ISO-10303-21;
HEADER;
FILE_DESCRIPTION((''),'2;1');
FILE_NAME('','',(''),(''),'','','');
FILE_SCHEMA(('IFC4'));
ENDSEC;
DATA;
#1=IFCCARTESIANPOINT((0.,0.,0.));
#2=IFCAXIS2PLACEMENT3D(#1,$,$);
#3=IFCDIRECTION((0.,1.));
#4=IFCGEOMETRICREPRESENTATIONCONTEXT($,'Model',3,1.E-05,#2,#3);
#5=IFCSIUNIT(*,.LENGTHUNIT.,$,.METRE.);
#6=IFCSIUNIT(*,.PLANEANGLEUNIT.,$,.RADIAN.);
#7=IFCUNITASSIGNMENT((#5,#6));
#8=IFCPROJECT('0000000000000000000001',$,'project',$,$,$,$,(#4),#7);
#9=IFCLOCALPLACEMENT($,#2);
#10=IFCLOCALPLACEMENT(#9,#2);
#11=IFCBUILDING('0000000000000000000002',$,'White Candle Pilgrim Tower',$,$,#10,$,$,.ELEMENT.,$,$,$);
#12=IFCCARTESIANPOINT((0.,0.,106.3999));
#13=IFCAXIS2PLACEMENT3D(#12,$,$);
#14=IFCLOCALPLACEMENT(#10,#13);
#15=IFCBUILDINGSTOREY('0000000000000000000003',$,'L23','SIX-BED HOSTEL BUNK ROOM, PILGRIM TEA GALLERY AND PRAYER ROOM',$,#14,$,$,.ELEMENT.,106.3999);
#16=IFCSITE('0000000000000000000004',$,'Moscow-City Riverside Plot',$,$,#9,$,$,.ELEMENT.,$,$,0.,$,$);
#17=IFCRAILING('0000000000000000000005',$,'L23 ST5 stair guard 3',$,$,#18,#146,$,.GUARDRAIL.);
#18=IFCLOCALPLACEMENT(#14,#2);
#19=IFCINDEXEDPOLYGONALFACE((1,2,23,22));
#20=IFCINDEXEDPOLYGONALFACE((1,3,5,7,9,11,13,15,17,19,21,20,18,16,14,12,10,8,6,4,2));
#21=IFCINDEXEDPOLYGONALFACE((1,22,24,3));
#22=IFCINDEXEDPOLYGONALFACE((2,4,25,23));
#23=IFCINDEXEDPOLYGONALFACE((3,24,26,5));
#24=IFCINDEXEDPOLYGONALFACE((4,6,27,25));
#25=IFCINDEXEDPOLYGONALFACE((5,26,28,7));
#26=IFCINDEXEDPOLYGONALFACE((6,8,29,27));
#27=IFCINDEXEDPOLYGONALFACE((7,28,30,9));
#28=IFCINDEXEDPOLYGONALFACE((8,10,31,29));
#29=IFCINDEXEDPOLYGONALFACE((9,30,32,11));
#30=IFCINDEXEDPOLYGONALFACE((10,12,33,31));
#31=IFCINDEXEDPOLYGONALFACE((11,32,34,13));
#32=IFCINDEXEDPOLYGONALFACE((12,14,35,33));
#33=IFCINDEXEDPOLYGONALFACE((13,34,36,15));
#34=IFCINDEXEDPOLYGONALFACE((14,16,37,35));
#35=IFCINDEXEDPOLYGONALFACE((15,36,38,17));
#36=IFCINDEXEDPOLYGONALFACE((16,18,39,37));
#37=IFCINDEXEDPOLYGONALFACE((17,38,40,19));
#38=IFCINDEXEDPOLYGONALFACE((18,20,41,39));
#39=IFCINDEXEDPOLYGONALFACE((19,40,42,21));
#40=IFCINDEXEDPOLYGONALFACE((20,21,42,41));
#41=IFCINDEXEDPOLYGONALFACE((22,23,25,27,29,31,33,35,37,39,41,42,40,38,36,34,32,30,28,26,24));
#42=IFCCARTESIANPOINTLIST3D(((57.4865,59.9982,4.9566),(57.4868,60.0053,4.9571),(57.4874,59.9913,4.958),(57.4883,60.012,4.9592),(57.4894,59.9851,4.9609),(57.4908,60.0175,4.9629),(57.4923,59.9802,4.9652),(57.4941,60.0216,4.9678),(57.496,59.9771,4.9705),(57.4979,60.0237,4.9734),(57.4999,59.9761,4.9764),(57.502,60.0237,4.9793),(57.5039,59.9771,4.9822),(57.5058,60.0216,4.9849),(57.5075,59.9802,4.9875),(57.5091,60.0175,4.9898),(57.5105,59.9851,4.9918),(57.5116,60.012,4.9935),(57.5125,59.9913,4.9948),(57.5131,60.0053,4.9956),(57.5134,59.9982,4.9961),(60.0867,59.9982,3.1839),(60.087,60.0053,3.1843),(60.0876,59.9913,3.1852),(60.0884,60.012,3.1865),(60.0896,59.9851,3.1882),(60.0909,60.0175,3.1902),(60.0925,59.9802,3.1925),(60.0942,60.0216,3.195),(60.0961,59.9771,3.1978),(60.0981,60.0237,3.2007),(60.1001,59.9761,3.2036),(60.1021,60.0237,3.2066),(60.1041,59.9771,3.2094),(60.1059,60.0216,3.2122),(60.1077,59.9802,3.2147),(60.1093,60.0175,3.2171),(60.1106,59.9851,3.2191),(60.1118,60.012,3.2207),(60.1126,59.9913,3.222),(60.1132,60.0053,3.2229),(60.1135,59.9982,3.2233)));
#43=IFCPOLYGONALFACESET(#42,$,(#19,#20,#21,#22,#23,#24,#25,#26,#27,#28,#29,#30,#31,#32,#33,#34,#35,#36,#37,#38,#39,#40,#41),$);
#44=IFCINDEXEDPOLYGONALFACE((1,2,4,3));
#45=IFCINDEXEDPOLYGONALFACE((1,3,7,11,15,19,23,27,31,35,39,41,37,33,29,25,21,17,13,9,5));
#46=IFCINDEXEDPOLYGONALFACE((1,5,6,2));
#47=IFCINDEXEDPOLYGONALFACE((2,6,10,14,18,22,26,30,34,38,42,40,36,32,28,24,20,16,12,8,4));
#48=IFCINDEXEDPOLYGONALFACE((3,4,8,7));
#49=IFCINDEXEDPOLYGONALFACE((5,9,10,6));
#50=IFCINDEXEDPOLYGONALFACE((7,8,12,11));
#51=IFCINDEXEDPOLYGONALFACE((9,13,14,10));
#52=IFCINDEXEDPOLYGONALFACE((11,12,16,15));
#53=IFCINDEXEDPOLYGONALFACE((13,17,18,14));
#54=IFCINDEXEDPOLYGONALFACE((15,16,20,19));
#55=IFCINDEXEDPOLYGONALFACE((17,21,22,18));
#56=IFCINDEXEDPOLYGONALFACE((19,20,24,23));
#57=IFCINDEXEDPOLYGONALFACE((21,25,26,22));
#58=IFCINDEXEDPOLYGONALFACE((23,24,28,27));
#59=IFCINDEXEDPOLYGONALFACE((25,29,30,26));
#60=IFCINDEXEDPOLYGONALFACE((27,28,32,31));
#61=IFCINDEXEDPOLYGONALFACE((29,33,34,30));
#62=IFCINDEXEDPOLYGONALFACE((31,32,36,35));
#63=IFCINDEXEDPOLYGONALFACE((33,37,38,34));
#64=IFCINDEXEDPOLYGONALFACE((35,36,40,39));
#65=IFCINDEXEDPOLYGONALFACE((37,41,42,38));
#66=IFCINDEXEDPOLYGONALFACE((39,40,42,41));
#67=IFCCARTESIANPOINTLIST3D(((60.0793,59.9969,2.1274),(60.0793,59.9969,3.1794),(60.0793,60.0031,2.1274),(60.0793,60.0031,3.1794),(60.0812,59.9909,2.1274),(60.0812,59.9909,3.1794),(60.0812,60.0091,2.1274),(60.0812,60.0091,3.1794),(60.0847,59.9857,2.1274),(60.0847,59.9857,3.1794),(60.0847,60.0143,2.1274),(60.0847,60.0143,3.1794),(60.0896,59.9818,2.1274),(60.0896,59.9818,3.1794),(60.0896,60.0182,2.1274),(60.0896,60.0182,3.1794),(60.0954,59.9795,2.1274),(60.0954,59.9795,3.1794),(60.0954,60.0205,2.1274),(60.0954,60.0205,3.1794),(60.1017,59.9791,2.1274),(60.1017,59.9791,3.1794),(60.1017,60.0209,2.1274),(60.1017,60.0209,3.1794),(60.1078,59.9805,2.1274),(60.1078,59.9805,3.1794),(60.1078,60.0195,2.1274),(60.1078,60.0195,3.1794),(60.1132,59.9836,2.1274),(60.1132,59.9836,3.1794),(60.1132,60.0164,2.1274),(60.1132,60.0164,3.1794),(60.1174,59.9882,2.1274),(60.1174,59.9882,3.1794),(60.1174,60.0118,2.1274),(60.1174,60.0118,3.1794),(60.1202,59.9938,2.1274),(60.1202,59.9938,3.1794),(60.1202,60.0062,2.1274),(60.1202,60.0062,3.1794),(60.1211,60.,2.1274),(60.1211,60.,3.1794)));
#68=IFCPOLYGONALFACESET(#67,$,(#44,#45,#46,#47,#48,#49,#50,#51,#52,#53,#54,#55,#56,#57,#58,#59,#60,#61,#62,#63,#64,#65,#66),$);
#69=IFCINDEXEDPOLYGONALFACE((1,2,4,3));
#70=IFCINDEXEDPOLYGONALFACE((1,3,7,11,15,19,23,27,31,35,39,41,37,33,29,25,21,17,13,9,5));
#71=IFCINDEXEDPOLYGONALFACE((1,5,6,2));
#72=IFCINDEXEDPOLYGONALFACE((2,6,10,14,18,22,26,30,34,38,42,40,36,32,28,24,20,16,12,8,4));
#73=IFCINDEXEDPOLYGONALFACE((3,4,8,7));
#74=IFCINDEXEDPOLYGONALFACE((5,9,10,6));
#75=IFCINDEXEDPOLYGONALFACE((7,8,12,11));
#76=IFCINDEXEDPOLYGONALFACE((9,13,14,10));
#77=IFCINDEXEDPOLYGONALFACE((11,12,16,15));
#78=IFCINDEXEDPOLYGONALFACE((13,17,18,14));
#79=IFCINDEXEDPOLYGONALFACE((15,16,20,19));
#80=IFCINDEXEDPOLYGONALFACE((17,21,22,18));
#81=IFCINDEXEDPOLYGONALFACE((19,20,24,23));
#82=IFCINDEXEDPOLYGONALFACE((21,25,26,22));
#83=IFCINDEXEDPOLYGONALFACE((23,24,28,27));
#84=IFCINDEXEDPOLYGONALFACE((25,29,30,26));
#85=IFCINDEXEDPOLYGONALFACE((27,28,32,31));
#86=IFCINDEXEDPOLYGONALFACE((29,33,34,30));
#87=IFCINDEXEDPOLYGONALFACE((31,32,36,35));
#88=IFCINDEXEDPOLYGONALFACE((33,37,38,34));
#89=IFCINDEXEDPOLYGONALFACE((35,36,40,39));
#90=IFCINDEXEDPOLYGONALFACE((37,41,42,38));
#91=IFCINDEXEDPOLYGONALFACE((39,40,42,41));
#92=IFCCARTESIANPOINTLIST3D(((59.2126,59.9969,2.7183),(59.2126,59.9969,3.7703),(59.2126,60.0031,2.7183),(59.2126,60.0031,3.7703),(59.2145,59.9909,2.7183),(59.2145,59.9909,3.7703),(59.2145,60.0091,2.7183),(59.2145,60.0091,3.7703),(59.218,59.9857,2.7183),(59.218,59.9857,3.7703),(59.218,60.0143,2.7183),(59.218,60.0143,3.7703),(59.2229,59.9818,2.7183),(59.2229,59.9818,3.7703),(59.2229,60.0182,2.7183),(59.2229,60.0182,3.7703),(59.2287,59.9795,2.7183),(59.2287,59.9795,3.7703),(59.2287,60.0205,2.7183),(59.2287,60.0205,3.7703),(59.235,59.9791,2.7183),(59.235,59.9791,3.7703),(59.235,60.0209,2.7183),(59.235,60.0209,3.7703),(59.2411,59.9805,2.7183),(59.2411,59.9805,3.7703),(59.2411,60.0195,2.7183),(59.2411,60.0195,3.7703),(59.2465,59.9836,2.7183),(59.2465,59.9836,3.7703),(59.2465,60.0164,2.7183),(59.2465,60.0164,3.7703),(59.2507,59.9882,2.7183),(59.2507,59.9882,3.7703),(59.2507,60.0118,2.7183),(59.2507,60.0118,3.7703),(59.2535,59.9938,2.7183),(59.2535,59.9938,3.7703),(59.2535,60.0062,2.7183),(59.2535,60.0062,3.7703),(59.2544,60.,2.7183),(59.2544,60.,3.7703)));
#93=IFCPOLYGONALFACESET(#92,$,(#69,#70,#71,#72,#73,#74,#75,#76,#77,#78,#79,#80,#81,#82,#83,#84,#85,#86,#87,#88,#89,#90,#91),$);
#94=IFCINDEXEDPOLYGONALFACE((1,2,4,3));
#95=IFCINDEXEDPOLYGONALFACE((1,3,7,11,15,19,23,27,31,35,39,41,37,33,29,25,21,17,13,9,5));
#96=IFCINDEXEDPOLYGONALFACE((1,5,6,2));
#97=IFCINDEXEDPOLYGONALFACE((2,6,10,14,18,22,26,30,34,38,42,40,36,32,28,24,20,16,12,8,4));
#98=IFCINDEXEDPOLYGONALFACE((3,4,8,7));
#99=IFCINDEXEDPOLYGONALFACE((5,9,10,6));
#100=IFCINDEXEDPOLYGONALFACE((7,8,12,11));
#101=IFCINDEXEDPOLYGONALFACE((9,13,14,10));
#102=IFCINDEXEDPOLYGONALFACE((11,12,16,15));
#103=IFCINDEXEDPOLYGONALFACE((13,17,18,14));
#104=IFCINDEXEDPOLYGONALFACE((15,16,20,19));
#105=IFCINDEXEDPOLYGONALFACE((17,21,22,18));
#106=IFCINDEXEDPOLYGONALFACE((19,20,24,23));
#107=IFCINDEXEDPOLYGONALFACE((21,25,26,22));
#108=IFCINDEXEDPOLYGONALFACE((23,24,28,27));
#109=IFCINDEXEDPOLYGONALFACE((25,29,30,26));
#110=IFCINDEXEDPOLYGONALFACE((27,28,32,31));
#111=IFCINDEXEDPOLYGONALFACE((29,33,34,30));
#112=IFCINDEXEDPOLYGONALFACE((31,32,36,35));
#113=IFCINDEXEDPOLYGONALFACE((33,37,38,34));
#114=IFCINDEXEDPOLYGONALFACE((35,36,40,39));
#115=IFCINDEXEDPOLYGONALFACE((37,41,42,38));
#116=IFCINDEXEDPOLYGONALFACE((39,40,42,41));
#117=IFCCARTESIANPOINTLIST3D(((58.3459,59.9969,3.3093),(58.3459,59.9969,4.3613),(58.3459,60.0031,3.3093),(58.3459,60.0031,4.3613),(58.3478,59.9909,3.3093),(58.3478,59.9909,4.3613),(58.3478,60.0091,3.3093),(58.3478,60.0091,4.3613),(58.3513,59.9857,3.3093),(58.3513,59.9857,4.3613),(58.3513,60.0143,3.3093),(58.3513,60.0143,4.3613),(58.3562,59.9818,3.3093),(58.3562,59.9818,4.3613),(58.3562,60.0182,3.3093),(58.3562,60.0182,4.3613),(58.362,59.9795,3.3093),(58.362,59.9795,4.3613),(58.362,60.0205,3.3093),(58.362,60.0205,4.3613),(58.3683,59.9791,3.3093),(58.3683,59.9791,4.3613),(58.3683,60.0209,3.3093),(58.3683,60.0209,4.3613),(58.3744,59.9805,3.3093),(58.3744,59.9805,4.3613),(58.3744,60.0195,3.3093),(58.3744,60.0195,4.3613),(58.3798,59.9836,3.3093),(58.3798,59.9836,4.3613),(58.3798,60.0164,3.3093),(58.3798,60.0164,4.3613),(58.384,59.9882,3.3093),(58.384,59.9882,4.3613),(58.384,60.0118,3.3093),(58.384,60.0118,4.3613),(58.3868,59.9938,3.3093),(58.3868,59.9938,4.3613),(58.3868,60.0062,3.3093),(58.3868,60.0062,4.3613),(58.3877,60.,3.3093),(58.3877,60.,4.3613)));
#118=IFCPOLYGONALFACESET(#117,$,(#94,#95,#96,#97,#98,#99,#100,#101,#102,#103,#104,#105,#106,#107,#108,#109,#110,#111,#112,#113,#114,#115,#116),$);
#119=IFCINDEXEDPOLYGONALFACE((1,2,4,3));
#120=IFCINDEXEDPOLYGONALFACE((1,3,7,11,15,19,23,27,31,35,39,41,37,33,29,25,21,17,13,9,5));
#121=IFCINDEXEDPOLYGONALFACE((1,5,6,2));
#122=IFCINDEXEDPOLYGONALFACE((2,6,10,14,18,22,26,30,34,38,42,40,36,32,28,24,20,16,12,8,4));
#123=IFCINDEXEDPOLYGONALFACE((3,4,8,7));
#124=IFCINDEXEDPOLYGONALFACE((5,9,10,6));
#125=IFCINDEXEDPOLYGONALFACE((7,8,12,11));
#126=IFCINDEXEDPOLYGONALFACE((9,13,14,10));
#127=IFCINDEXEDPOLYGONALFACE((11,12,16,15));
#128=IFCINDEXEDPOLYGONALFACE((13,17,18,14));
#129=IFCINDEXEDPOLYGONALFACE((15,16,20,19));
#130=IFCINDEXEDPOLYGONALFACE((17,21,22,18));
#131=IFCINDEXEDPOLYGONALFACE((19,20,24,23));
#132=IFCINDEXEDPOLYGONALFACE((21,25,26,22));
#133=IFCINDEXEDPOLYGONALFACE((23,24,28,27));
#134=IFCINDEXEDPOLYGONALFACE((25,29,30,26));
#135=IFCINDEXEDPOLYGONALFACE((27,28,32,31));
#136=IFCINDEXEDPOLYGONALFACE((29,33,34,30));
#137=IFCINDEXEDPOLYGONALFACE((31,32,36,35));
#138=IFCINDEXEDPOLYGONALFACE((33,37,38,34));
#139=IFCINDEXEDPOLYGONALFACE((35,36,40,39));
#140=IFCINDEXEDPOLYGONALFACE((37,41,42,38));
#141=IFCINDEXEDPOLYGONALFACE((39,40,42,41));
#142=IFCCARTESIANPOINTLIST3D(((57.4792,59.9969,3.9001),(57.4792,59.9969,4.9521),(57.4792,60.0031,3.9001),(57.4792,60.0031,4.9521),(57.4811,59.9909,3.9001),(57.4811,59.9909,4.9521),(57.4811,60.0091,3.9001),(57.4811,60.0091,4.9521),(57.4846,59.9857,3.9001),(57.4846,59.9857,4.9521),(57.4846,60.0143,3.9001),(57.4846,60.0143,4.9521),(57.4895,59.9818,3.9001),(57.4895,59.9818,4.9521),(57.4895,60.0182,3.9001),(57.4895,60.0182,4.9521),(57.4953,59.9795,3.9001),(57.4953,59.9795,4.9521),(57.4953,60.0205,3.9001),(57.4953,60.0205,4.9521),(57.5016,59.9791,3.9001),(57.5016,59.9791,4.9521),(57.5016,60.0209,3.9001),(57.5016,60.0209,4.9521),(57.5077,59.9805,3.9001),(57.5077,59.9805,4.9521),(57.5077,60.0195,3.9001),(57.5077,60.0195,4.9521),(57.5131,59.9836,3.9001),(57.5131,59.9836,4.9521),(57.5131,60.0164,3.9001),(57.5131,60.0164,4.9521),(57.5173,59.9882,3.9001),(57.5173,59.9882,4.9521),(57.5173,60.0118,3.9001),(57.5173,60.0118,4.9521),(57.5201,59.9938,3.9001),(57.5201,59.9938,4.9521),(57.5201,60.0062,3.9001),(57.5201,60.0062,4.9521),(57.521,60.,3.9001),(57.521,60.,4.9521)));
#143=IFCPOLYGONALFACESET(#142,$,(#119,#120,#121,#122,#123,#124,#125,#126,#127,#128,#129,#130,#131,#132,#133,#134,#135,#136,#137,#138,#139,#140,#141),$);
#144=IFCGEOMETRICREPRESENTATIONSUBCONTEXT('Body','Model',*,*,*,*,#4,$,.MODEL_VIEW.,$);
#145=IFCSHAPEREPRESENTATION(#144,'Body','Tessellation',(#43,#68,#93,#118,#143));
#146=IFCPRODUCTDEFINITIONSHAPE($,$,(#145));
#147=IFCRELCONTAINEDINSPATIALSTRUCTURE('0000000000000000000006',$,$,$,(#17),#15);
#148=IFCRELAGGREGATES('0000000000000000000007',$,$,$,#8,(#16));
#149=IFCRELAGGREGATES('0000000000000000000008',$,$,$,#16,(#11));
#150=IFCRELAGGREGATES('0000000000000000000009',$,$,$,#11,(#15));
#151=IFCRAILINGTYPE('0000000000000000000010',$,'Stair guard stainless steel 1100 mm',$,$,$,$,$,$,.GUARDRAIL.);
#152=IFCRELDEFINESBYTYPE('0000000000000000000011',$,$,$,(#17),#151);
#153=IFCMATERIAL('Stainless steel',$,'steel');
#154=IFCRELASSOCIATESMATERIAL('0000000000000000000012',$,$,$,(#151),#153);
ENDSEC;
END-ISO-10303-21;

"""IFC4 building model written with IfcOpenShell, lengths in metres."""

from ifc_helpers import new_model, si_unit, direction, frame, origin, origin_2d, place, context, subcontext, project, spatial, circle, extrude, material, type_object, element, save


model = new_model("IFC4")

# Units and contexts
model_context = context("Model", 3, precision=1e-05, world=origin(), true_north=direction((0.0, 1.0)))
body_context = subcontext(model_context, "Body", "Model", "MODEL_VIEW")
ifc_project = project(units=[si_unit("LENGTHUNIT", "METRE"), si_unit("PLANEANGLEUNIT", "RADIAN")], contexts=[model_context])

# Site, building, storey
site_placement = place(None, origin())
site = spatial("IfcSite", under=ifc_project, at=site_placement, Name="Moscow-City Riverside Plot", CompositionType="ELEMENT", RefElevation=0.0)
building_placement = place(site_placement, origin())
building = spatial("IfcBuilding", under=site, at=building_placement, Name="White Candle Pilgrim Tower", CompositionType="ELEMENT")
storey_placement = place(building_placement, frame((0.0, 0.0, 106.3999)))
storey = spatial("IfcBuildingStorey", under=building, at=storey_placement, Name="L23", Description="SIX-BED HOSTEL BUNK ROOM, PILGRIM TEA GALLERY AND PRAYER ROOM", CompositionType="ELEMENT", Elevation=106.3999)

# Railing
ifc_material_1 = material(Name="Stainless steel", Category="steel")
railing_type_1 = type_object("IfcRailingType", Name="Stair guard stainless steel 1100 mm", PredefinedType="GUARDRAIL", material=ifc_material_1)
railing_1_placement = place(storey_placement, frame((60.1001, 60.0, 2.1274)))
element("IfcRailing", 1, at=railing_1_placement, inside=storey, type_object=railing_type_1, Name="L23 ST5 stair guard 3", PredefinedType="GUARDRAIL", context=body_context, shape_type="SweptSolid", body=[
    extrude(circle(Radius=0.0239, at=origin_2d()), frame((0.0, 0.0, 1.0762), z_axis=(-0.82624, 0.0, 0.563318), x_axis=(0.0, -1.0, 0.0)), (0.0, 0.0, 1.0), 3.147),
    extrude(circle(Radius=0.021, at=origin_2d()), origin(), (0.0, 0.0, 1.0), 1.052),
    extrude(circle(Radius=0.021, at=origin_2d()), frame((-0.8667, 0.0, 0.5908)), (0.0, 0.0, 1.0), 1.052),
    extrude(circle(Radius=0.021, at=origin_2d()), frame((-1.7334, 0.0, 1.1819)), (0.0, 0.0, 1.0), 1.052),
    extrude(circle(Radius=0.021, at=origin_2d()), frame((-2.6001, 0.0, 1.7727)), (0.0, 0.0, 1.0), 1.052),
])

save(model, "model.ifc")
